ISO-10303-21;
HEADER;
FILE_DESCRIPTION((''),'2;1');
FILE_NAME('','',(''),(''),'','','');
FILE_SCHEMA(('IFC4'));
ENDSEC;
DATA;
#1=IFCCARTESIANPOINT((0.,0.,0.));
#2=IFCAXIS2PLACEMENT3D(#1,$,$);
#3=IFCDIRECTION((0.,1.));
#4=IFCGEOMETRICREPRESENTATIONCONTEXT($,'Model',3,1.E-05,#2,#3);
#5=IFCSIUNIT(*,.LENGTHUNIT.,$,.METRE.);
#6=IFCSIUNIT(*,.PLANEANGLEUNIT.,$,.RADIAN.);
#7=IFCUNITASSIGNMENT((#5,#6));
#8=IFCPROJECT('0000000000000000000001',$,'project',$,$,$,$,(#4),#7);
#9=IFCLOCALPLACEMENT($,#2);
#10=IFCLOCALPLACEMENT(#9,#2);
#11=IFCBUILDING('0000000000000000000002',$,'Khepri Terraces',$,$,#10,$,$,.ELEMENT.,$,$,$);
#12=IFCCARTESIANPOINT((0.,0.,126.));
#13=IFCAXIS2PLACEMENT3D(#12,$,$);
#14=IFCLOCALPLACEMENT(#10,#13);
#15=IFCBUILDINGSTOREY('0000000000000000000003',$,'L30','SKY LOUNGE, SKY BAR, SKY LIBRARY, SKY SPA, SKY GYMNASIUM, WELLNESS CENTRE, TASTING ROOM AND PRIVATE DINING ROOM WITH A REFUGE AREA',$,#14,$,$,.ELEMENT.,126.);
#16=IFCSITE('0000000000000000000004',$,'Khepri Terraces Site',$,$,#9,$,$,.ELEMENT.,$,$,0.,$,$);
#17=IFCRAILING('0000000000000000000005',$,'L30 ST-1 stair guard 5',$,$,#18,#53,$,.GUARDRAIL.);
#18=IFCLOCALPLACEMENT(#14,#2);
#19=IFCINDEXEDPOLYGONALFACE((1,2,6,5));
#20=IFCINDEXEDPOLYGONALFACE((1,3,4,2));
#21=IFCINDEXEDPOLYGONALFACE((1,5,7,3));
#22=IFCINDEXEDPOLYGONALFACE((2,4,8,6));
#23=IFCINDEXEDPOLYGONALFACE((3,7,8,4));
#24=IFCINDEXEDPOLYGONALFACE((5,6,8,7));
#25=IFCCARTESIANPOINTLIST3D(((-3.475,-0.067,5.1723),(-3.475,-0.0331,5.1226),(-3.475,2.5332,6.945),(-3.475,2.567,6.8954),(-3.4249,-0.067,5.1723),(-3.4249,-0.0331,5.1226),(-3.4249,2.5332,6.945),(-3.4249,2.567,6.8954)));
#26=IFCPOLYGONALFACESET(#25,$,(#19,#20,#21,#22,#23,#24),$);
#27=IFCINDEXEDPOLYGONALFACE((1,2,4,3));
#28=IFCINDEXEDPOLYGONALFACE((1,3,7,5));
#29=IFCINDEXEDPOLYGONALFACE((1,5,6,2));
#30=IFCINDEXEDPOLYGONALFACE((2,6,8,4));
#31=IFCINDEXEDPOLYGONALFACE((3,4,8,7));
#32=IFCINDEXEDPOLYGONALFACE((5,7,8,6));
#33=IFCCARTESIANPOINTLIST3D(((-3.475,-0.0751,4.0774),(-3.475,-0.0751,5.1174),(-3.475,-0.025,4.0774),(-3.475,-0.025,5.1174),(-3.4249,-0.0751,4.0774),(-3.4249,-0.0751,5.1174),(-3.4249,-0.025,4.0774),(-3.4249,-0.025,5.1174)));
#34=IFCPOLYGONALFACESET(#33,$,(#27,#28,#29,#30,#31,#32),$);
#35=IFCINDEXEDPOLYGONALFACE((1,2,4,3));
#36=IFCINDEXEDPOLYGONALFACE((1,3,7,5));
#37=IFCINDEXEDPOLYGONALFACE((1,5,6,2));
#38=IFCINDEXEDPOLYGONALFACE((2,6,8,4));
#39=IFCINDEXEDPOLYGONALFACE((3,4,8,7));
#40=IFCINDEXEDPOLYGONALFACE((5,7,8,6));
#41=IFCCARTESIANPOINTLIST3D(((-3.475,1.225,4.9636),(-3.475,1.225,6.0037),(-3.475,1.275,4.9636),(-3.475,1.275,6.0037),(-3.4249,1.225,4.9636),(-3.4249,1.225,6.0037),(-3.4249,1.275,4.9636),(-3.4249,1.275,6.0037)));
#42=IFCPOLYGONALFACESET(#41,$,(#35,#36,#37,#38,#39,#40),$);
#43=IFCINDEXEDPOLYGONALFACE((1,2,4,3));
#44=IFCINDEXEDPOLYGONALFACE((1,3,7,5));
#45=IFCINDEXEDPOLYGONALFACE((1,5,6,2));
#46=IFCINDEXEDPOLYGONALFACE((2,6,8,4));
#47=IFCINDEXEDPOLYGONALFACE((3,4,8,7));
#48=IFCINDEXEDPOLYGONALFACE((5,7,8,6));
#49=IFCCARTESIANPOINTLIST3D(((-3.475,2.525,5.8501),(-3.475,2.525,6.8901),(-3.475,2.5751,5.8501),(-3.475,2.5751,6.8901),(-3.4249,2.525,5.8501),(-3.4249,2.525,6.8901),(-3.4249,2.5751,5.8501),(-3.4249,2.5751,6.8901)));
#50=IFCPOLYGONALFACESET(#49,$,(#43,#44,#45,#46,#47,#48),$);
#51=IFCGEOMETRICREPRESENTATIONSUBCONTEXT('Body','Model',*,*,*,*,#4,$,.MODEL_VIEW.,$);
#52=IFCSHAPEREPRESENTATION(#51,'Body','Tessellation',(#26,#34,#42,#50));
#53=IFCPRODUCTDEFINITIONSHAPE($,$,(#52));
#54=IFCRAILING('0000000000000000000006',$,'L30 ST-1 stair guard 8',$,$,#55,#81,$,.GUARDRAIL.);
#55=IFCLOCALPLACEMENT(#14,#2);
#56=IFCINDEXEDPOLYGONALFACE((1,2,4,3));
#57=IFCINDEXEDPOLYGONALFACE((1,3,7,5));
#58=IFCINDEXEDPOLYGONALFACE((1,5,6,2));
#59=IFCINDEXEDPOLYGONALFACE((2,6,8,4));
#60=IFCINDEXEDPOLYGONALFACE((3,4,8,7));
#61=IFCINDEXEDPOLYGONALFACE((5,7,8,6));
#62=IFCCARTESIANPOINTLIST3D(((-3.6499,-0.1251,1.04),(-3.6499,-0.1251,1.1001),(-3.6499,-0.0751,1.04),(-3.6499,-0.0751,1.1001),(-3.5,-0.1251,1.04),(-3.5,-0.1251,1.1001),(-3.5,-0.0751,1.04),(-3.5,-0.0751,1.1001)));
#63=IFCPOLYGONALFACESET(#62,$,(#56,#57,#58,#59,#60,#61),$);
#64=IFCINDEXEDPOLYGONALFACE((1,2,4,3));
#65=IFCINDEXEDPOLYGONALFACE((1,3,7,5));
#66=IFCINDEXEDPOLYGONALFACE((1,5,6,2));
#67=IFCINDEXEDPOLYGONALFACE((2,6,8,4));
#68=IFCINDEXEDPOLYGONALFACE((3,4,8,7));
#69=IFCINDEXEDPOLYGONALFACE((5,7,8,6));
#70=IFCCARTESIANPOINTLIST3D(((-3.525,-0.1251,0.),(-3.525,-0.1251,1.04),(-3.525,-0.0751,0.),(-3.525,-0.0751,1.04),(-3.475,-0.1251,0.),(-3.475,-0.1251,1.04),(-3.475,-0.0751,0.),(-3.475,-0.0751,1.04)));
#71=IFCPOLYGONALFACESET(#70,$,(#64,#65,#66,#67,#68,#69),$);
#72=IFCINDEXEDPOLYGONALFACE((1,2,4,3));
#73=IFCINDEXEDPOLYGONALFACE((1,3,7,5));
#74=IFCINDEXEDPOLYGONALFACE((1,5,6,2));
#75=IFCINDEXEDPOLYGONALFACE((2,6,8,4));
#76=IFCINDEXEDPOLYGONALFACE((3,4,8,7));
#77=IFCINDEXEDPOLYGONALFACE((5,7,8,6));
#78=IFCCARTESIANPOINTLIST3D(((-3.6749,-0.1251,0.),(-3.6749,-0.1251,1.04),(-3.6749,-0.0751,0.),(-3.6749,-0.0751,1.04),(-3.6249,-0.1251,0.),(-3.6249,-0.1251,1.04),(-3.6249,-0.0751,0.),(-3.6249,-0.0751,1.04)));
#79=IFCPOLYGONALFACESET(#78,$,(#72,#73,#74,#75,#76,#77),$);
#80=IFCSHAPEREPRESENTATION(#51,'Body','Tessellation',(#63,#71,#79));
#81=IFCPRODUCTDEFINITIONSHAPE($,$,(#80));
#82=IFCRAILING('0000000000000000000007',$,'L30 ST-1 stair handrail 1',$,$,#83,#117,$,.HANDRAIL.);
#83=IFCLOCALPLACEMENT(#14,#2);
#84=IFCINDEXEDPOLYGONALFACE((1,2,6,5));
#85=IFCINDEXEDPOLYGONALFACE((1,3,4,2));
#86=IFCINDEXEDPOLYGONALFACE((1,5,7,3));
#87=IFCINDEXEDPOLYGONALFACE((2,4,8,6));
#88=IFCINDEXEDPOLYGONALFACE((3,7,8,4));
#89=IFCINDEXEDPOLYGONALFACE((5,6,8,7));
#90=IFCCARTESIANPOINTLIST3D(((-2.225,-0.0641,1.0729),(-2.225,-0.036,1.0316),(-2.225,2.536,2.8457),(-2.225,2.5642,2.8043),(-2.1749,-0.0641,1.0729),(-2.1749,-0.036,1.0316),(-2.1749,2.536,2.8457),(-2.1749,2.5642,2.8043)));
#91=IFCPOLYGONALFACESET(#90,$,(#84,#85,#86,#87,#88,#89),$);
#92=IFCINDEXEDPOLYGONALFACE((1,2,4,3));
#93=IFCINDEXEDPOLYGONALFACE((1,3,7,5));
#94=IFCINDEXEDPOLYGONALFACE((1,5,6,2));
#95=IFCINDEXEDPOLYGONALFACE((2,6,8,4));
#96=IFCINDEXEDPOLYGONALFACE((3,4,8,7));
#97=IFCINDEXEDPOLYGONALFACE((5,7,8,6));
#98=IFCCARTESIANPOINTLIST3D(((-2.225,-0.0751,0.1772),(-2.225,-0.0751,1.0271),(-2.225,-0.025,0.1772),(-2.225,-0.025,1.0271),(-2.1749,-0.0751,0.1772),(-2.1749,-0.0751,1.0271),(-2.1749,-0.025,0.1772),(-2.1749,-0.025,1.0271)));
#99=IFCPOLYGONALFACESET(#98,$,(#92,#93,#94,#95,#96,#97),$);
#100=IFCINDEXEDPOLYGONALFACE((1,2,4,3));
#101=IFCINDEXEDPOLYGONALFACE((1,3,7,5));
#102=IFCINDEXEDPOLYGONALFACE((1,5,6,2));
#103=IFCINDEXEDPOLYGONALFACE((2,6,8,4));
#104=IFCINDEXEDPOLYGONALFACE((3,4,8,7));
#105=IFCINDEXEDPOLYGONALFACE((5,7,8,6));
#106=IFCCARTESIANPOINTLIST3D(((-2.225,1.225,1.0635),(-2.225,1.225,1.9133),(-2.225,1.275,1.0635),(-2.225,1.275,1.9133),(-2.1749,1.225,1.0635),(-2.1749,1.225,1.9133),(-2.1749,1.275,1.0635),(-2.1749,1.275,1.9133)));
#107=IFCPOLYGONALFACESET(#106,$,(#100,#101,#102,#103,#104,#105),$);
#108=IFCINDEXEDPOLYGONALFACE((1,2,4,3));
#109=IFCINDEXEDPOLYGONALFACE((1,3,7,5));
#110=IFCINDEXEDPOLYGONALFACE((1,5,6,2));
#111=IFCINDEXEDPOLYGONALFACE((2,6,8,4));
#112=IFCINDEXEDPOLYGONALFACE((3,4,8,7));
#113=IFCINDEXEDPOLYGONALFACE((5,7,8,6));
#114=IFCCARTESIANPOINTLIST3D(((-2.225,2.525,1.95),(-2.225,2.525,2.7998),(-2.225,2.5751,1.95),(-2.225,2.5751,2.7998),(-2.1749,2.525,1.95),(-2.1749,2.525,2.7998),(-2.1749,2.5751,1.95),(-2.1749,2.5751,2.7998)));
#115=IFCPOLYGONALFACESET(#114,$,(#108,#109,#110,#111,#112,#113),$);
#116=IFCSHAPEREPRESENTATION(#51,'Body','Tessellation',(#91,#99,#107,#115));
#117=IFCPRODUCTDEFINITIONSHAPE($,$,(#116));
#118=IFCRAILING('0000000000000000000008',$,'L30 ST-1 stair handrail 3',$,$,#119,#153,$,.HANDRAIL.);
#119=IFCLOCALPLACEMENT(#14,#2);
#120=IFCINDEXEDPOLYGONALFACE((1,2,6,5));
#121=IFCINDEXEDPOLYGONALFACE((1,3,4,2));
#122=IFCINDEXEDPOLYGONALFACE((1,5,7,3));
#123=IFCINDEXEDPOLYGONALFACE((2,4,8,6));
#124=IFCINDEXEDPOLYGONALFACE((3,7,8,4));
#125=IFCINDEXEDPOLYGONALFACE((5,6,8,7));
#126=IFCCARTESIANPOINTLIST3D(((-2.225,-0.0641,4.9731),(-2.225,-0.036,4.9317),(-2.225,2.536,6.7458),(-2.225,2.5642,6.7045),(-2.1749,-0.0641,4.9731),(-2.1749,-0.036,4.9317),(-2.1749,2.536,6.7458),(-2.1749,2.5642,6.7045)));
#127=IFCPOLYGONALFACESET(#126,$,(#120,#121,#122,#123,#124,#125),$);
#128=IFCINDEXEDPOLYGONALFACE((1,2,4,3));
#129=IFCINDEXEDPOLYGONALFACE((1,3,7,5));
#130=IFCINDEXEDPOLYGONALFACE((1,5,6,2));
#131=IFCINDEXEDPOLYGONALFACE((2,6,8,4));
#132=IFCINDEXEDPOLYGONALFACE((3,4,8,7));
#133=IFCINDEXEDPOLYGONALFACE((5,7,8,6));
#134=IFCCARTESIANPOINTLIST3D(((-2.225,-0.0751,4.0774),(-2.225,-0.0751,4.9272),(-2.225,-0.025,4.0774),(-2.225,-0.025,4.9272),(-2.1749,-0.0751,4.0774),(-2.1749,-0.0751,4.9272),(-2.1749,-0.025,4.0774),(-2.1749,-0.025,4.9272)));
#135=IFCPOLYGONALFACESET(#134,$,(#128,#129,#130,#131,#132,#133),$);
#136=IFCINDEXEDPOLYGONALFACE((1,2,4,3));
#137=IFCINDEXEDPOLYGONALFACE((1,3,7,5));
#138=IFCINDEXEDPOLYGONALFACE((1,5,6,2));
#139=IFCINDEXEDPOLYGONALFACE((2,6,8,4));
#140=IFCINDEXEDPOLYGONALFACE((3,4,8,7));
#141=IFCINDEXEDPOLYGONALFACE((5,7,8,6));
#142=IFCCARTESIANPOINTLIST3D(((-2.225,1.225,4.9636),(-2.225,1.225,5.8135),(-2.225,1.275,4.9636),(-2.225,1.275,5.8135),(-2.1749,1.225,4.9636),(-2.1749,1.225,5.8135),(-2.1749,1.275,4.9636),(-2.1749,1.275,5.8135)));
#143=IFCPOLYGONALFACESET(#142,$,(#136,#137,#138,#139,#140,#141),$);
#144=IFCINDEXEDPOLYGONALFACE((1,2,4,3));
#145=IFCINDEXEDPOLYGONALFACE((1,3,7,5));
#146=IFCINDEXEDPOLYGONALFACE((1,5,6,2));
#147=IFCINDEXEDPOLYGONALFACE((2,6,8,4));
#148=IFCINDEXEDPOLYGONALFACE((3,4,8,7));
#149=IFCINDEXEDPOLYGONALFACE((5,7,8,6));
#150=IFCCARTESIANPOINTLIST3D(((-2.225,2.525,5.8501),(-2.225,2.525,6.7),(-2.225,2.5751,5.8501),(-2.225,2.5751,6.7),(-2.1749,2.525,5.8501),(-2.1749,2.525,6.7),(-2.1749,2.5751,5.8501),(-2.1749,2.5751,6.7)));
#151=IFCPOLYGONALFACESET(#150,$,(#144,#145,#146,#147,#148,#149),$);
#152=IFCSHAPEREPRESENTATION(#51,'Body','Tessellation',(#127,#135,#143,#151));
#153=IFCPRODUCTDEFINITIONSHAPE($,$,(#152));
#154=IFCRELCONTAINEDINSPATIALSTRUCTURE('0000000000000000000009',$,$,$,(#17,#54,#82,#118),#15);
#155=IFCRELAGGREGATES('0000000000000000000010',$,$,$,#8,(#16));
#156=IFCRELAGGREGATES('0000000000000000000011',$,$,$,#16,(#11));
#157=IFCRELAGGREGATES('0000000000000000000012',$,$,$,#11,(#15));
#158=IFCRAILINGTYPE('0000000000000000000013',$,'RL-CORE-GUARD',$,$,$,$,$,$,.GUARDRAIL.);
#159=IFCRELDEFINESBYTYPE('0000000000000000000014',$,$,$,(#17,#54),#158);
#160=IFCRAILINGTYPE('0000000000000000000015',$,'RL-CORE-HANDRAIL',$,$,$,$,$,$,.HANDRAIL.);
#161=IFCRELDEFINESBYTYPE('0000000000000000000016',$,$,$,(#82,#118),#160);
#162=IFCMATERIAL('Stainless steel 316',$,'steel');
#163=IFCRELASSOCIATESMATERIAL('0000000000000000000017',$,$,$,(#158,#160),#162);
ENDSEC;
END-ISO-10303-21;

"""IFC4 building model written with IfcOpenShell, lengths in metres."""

from ifc_helpers import new_model, si_unit, direction, frame, origin, origin_2d, place, context, subcontext, project, spatial, rectangle, extrude, material, type_object, element, save


model = new_model("IFC4")

# Units and contexts
model_context = context("Model", 3, precision=1e-05, world=origin(), true_north=direction((0.0, 1.0)))
body_context = subcontext(model_context, "Body", "Model", "MODEL_VIEW")
ifc_project = project(units=[si_unit("LENGTHUNIT", "METRE"), si_unit("PLANEANGLEUNIT", "RADIAN")], contexts=[model_context])

# Site, building, storey
site_placement = place(None, origin())
site = spatial("IfcSite", under=ifc_project, at=site_placement, Name="Khepri Terraces Site", CompositionType="ELEMENT", RefElevation=0.0)
building_placement = place(site_placement, origin())
building = spatial("IfcBuilding", under=site, at=building_placement, Name="Khepri Terraces", CompositionType="ELEMENT")
storey_placement = place(building_placement, frame((0.0, 0.0, 126.0)))
storey = spatial("IfcBuildingStorey", under=building, at=storey_placement, Name="L30", Description="SKY LOUNGE, SKY BAR, SKY LIBRARY, SKY SPA, SKY GYMNASIUM, WELLNESS CENTRE, TASTING ROOM AND PRIVATE DINING ROOM WITH A REFUGE AREA", CompositionType="ELEMENT", Elevation=126.0)

# Railings
ifc_material_1 = material(Name="Stainless steel 316", Category="steel")
railing_type_1 = type_object("IfcRailingType", Name="RL-CORE-GUARD", PredefinedType="GUARDRAIL", material=ifc_material_1)
for number, where, name in (
    (1, (-3.45, -0.05, 4.0774), "L30 ST-1 stair guard 5"),
):
    element("IfcRailing", number, at=place(storey_placement, frame(where)), inside=storey, type_object=railing_type_1, Name=name, PredefinedType="GUARDRAIL", context=body_context, shape_type="SweptSolid", body=[
        extrude(rectangle(XDim=0.05, YDim=0.0601, at=origin_2d()), frame((0.0, 0.0, 1.0701), z_axis=(0.0, 0.82624, 0.563318), x_axis=(-1.0, 0.0, 0.0)), (0.0, 0.0, 1.0), 3.147),
        extrude(rectangle(XDim=0.05, YDim=0.05, at=origin_2d()), origin(), (0.0, 0.0, 1.0), 1.04),
        extrude(rectangle(XDim=0.05, YDim=0.05, at=origin_2d()), frame((0.0, 1.3, 0.8862)), (0.0, 0.0, 1.0), 1.04),
        extrude(rectangle(XDim=0.05, YDim=0.05, at=origin_2d()), frame((0.0, 2.6001, 1.7727)), (0.0, 0.0, 1.0), 1.04),
    ])
railing_placement = place(storey_placement, frame((-3.5, -0.1001, 0.0)))
element("IfcRailing", 2, at=railing_placement, inside=storey, type_object=railing_type_1, Name="L30 ST-1 stair guard 8", PredefinedType="GUARDRAIL", context=body_context, shape_type="SweptSolid", body=[
    extrude(rectangle(XDim=0.05, YDim=0.0601, at=origin_2d()), frame((0.0, 0.0, 1.0701), z_axis=(-1.0, 0.0, 0.0), x_axis=(0.0, -1.0, 0.0)), (0.0, 0.0, 1.0), 0.1499),
    extrude(rectangle(XDim=0.05, YDim=0.05, at=origin_2d()), origin(), (0.0, 0.0, 1.0), 1.04),
    extrude(rectangle(XDim=0.05, YDim=0.05, at=origin_2d()), frame((-0.1499, 0.0, 0.0)), (0.0, 0.0, 1.0), 1.04),
])
railing_type_2 = type_object("IfcRailingType", Name="RL-CORE-HANDRAIL", PredefinedType="HANDRAIL", material=ifc_material_1)
for number, where, name in (
    (3, (-2.2, -0.05, 0.1772), "L30 ST-1 stair handrail 1"),
    (4, (-2.2, -0.05, 4.0774), "L30 ST-1 stair handrail 3"),
):
    element("IfcRailing", number, at=place(storey_placement, frame(where)), inside=storey, type_object=railing_type_2, Name=name, PredefinedType="HANDRAIL", context=body_context, shape_type="SweptSolid", body=[
        extrude(rectangle(XDim=0.05, YDim=0.05, at=origin_2d()), frame((0.0, 0.0, 0.875), z_axis=(0.0, 0.82624, 0.563318), x_axis=(-1.0, 0.0, 0.0)), (0.0, 0.0, 1.0), 3.147),
        extrude(rectangle(XDim=0.05, YDim=0.05, at=origin_2d()), origin(), (0.0, 0.0, 1.0), 0.8499),
        extrude(rectangle(XDim=0.05, YDim=0.05, at=origin_2d()), frame((0.0, 1.3, 0.8862)), (0.0, 0.0, 1.0), 0.8499),
        extrude(rectangle(XDim=0.05, YDim=0.05, at=origin_2d()), frame((0.0, 2.6001, 1.7727)), (0.0, 0.0, 1.0), 0.8499),
    ])

save(model, "model.ifc")
